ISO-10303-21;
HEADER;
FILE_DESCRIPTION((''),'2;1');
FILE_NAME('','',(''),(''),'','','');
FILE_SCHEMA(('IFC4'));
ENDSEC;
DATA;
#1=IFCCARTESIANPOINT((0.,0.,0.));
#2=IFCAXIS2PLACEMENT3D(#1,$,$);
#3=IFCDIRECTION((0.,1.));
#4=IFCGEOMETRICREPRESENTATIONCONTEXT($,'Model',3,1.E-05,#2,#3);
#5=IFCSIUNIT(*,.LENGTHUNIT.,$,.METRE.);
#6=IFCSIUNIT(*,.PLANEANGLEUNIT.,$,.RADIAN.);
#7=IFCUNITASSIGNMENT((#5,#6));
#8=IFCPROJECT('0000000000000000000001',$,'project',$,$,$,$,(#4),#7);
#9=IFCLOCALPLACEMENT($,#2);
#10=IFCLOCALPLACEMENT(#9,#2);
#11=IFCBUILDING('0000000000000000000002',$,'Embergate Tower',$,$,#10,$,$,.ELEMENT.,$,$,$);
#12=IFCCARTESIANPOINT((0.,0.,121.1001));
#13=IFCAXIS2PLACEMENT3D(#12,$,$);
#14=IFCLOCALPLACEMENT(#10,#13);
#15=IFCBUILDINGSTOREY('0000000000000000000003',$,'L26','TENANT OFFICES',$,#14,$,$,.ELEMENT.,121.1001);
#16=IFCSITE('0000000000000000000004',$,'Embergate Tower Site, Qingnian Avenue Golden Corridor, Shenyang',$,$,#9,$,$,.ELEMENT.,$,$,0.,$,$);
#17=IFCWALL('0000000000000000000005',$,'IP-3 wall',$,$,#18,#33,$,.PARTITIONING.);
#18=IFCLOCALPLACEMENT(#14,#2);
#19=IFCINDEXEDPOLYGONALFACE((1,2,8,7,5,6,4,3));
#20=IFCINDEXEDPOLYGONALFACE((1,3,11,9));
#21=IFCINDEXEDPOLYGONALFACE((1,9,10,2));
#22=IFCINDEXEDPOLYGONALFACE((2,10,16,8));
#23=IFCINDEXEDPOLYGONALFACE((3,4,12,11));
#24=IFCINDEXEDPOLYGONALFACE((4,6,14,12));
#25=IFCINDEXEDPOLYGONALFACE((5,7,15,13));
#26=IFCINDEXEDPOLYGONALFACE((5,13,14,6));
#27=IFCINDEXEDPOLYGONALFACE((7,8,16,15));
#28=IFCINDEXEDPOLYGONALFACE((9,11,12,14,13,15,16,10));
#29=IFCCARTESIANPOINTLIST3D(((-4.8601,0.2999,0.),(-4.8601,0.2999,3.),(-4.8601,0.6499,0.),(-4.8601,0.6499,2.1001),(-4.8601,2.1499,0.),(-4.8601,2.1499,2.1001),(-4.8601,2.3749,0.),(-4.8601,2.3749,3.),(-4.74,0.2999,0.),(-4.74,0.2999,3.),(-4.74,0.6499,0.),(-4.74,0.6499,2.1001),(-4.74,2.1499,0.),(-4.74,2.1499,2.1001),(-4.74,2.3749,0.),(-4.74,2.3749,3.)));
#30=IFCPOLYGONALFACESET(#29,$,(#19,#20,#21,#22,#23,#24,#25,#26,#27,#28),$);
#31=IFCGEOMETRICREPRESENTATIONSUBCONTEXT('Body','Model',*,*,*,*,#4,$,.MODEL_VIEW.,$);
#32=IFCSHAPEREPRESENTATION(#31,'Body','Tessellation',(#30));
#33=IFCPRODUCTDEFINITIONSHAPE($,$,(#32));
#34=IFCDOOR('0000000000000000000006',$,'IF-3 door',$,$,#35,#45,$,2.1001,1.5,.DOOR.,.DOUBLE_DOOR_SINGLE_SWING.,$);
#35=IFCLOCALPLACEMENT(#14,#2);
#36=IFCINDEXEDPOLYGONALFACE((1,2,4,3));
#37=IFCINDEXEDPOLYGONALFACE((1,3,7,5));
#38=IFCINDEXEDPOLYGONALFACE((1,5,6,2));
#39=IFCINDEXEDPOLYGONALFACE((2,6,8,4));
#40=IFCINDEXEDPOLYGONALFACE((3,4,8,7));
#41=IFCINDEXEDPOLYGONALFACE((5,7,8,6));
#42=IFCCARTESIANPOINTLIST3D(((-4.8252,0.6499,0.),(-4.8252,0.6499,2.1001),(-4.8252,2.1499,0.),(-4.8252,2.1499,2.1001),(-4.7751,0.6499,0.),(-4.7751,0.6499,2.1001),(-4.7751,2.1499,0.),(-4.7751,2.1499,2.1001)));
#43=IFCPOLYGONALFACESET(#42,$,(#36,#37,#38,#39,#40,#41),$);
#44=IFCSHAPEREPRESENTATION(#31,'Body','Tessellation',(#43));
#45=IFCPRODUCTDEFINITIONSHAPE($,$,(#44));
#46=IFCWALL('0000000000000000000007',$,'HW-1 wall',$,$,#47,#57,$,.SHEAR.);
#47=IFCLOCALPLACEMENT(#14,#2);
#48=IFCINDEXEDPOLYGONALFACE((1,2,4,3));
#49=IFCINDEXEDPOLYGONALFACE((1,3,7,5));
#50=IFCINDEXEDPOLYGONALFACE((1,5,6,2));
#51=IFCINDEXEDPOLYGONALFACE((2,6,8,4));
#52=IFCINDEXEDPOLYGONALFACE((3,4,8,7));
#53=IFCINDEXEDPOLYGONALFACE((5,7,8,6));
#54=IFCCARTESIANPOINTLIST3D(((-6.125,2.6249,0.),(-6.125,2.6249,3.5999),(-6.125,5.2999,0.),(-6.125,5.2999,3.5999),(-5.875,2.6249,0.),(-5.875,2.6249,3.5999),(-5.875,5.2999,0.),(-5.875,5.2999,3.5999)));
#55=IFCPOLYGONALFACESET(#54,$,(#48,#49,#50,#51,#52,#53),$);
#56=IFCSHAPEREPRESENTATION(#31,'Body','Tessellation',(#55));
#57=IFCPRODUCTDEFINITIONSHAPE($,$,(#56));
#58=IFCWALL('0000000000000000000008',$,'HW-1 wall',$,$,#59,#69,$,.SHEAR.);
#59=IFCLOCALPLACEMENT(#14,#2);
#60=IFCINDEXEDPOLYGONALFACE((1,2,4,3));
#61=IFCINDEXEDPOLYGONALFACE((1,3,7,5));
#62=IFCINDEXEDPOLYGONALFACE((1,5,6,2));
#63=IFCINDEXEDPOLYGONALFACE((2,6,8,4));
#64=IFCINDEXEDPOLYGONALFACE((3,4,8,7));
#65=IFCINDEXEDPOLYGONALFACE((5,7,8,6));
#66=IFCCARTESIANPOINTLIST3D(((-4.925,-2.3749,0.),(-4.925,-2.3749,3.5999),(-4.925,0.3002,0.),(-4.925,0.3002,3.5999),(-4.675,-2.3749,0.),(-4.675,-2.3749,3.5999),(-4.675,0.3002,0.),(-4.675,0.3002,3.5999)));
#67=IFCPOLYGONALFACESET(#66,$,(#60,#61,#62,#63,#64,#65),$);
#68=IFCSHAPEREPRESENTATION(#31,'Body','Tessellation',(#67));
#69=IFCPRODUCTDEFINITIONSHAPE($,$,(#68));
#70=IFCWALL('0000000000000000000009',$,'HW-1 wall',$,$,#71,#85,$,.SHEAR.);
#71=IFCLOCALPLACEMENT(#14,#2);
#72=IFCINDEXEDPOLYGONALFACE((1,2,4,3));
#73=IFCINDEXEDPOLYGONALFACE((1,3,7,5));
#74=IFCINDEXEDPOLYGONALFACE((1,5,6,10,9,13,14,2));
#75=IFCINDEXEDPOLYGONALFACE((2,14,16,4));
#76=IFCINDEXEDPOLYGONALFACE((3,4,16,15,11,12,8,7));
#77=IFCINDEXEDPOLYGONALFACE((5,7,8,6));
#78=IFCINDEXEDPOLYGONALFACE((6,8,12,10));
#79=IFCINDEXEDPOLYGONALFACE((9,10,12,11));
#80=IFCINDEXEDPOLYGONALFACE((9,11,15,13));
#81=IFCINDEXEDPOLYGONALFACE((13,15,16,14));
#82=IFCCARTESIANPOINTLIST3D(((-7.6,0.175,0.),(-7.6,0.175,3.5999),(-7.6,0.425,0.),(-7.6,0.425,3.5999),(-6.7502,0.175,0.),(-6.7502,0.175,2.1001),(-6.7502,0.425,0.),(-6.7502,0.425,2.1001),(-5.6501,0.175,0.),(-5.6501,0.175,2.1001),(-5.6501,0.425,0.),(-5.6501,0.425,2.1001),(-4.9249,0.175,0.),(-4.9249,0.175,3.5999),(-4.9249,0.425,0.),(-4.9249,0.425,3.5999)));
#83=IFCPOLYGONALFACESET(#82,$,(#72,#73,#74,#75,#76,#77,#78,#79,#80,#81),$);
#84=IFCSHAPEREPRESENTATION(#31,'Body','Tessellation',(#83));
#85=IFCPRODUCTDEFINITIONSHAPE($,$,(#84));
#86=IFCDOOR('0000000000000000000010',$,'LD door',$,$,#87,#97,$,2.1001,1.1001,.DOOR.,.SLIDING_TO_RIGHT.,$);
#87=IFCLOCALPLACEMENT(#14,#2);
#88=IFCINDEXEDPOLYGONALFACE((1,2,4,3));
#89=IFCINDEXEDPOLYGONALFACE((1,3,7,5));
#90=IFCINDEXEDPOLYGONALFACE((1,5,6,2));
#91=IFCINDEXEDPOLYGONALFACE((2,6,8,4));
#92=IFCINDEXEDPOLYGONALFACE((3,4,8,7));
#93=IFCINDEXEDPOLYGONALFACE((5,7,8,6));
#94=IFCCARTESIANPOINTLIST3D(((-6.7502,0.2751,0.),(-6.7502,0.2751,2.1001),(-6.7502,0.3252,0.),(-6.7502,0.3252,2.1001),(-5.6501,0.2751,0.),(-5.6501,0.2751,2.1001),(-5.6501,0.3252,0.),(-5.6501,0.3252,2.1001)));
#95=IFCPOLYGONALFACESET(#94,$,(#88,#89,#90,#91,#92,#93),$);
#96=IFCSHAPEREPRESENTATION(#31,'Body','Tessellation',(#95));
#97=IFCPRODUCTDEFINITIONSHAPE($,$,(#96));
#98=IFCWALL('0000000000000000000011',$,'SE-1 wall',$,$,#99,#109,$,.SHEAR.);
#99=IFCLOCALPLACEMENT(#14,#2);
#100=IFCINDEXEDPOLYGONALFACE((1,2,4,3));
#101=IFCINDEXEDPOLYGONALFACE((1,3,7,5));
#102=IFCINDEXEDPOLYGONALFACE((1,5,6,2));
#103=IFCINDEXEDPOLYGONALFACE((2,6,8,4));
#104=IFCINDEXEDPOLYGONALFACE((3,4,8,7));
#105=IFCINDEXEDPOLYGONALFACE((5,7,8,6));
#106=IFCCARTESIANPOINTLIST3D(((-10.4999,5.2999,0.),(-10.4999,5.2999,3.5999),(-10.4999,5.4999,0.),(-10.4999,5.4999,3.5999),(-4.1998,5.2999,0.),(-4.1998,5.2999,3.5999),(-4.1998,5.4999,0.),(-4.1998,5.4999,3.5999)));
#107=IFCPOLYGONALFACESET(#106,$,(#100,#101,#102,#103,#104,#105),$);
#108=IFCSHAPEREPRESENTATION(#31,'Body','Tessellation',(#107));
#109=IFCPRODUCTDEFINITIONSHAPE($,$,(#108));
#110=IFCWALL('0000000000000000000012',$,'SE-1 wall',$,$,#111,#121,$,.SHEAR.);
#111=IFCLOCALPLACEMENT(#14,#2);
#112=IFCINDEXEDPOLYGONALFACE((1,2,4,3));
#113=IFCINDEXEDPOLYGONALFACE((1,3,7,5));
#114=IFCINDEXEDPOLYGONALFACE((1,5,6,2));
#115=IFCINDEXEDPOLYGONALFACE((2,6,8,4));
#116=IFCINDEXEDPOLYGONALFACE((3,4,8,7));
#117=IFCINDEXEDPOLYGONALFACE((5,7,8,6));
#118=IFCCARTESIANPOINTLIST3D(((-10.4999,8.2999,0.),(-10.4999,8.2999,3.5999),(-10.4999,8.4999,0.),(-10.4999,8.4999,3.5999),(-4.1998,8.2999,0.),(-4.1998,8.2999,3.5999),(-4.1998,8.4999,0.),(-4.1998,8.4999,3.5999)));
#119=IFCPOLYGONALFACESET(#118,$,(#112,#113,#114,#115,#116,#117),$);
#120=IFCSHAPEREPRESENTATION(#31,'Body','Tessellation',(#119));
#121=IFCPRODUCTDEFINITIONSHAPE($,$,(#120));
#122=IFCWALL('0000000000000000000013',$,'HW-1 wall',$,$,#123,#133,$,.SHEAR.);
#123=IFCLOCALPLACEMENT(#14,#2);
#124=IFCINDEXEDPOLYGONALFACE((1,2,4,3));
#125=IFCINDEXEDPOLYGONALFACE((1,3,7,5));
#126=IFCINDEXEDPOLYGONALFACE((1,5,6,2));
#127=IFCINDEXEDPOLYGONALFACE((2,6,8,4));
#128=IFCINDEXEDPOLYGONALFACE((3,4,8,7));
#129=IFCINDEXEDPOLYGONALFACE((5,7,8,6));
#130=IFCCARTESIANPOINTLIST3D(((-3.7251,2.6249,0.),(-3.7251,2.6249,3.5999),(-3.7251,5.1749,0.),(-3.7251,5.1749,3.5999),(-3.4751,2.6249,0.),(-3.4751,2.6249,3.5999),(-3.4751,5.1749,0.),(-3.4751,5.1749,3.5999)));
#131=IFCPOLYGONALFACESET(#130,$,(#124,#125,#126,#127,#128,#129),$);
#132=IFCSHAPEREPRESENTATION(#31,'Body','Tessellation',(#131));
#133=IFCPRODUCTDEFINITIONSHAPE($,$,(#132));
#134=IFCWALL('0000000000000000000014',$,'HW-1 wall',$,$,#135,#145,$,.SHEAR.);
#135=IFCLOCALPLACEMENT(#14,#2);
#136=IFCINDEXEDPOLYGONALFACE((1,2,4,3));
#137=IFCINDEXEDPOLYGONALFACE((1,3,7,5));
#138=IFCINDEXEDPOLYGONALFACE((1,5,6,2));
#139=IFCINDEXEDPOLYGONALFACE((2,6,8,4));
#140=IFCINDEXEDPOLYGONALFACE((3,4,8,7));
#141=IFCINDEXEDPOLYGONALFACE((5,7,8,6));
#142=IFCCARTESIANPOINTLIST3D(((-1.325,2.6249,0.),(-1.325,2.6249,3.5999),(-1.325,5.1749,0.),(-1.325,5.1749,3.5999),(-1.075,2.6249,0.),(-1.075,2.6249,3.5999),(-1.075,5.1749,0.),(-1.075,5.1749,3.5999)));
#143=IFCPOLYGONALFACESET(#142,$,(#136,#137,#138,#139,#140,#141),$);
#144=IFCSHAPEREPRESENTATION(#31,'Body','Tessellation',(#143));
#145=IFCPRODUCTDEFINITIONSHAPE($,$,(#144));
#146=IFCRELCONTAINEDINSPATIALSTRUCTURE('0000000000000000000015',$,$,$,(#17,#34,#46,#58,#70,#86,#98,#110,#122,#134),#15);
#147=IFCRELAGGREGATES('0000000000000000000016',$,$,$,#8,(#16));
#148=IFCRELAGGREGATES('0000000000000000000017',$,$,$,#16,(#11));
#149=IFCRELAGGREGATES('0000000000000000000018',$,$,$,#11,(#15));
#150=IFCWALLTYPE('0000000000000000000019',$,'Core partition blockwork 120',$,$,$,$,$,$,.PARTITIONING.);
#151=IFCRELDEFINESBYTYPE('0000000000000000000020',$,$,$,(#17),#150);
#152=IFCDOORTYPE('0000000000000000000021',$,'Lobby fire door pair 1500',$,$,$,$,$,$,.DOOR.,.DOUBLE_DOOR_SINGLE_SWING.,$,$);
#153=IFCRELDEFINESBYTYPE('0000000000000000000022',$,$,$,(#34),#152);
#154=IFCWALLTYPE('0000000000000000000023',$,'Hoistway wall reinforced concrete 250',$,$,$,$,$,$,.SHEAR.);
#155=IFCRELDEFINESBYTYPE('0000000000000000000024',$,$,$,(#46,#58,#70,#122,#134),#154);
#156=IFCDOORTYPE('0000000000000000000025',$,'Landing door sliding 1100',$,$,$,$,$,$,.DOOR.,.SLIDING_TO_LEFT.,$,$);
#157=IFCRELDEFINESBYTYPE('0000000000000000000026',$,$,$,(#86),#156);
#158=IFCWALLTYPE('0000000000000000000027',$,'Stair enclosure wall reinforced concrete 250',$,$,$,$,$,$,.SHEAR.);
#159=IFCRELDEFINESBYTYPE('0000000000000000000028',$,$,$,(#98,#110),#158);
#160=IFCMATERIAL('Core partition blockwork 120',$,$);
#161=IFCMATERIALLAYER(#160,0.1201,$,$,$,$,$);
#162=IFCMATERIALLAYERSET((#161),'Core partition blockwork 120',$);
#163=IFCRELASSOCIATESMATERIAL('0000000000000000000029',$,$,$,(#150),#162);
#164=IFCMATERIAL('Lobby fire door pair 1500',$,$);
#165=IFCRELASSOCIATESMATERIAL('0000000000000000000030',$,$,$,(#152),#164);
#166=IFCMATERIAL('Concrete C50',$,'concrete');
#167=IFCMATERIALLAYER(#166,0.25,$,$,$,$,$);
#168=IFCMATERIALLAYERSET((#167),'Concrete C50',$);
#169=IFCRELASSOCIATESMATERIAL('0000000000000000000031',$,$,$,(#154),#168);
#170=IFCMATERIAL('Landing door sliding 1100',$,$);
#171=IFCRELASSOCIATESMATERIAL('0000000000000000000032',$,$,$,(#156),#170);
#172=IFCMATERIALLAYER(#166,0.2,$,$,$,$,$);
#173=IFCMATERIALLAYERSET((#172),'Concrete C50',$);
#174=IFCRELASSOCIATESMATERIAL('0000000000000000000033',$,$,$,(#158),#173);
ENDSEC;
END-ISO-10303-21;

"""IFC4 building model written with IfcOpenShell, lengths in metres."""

from ifc_helpers import new_model, si_unit, direction, frame, frame_2d, origin, place, context, subcontext, project, spatial, rectangle, extrude, source, transform, mapped, material, layer, layer_set, type_object, element, fill, save


model = new_model("IFC4")

# Units and contexts
model_context = context("Model", 3, precision=1e-05, world=origin(), true_north=direction((0.0, 1.0)))
body_context = subcontext(model_context, "Body", "Model", "MODEL_VIEW")
ifc_project = project(units=[si_unit("LENGTHUNIT", "METRE"), si_unit("PLANEANGLEUNIT", "RADIAN")], contexts=[model_context])

# Site, building, storey
site_placement = place(None, origin())
site = spatial("IfcSite", under=ifc_project, at=site_placement, Name="Embergate Tower Site, Qingnian Avenue Golden Corridor, Shenyang", CompositionType="ELEMENT", RefElevation=0.0)
building_placement = place(site_placement, origin())
building = spatial("IfcBuilding", under=site, at=building_placement, Name="Embergate Tower", CompositionType="ELEMENT")
storey_placement = place(building_placement, frame((0.0, 0.0, 121.1001)))
storey = spatial("IfcBuildingStorey", under=building, at=storey_placement, Name="L26", Description="TENANT OFFICES", CompositionType="ELEMENT", Elevation=121.1001)

# Wall, opening, door
ifc_material_1 = material(Name="Core partition blockwork 120")
ifc_layer_1 = layer(ifc_material_1, 0.1201)
ifc_layer_set_1 = layer_set([ifc_layer_1], Name="Core partition blockwork 120")
wall_type_1 = type_object("IfcWallType", Name="Core partition blockwork 120", PredefinedType="PARTITIONING", material=ifc_layer_set_1)
shared_shape_1 = source(origin(), body_context, "Body", "SweptSolid", [
    extrude(rectangle(XDim=2.075, YDim=0.1201, at=frame_2d((1.0376, 0.0))), origin(), (0.0, 0.0, 1.0), 3.0),
])
wall_1_placement = place(storey_placement, frame((-4.8, 2.375, 0.0), z_axis=(0.0, 0.0, 1.0), x_axis=(0.0, -1.0, 0.0)))
wall_1 = element("IfcWall", 1, at=wall_1_placement, inside=storey, type_object=wall_type_1, Name="IP-3 wall", PredefinedType="PARTITIONING", context=body_context, shape_type="MappedRepresentation", body=[
    mapped(shared_shape_1, transform((0.0, 0.0, 0.0))),
])
shared_shape_2 = source(origin(), body_context, "Body", "SweptSolid", [
    extrude(rectangle(XDim=1.5, YDim=2.1001, at=frame_2d((0.75, 1.05))), frame((0.0, 0.0701, 0.0), z_axis=(0.0, -1.0, 0.0), x_axis=(1.0, 0.0, 0.0)), (0.0, 0.0, 1.0), 0.1401),
])
opening_1_placement = place(wall_1_placement, frame((0.2251, 0.0, 0.0)))
opening_1 = element("IfcOpeningElement", 2, at=opening_1_placement, cuts=wall_1, PredefinedType="OPENING", context=body_context, shape_type="MappedRepresentation", body=[
    mapped(shared_shape_2, transform((0.0, 0.0, 0.0))),
])
ifc_material_2 = material(Name="Lobby fire door pair 1500")
door_type_1 = type_object("IfcDoorType", Name="Lobby fire door pair 1500", OperationType="DOUBLE_DOOR_SINGLE_SWING", PredefinedType="DOOR", material=ifc_material_2)
shared_shape_3 = source(origin(), body_context, "Body", "SweptSolid", [
    extrude(rectangle(XDim=1.5, YDim=2.1001, at=frame_2d((0.75, 1.05))), frame((0.0, 0.0249, 0.0), z_axis=(0.0, -1.0, 0.0), x_axis=(1.0, 0.0, 0.0)), (0.0, 0.0, 1.0), 0.05),
])
door_1_placement = place(opening_1_placement, origin())
door_1 = element("IfcDoor", 3, at=door_1_placement, inside=storey, type_object=door_type_1, Name="IF-3 door", OperationType="DOUBLE_DOOR_SINGLE_SWING", OverallHeight=2.1001, OverallWidth=1.5, PredefinedType="DOOR", context=body_context, shape_type="MappedRepresentation", body=[
    mapped(shared_shape_3, transform((0.0, 0.0, 0.0))),
])
fill(opening_1, door_1)

# Walls
ifc_material_3 = material(Name="Concrete C50", Category="concrete")
ifc_layer_2 = layer(ifc_material_3, 0.25)
ifc_layer_set_2 = layer_set([ifc_layer_2], Name="Concrete C50")
wall_type_2 = type_object("IfcWallType", Name="Hoistway wall reinforced concrete 250", PredefinedType="SHEAR", material=ifc_layer_set_2)
shared_shape_4 = source(origin(), body_context, "Body", "SweptSolid", [
    extrude(rectangle(XDim=2.675, YDim=0.25, at=frame_2d((1.3374, 0.0))), origin(), (0.0, 0.0, 1.0), 3.5999),
])
for number, where, z_axis, x_axis, name in (
    (4, (-6.0, 2.625, 0.0), (0.0, 0.0, 1.0), (0.0, 1.0, 0.0), "HW-1 wall"),
    (5, (-4.8, 0.3, 0.0), (0.0, 0.0, 1.0), (0.0, -1.0, 0.0), "HW-1 wall"),
):
    element("IfcWall", number, at=place(storey_placement, frame(where, z_axis=z_axis, x_axis=x_axis)), inside=storey, type_object=wall_type_2, Name=name, PredefinedType="SHEAR", context=body_context, shape_type="MappedRepresentation", body=[
        mapped(shared_shape_4, transform((0.0, 0.0, 0.0))),
    ])

# Wall, opening, door
wall_2_placement = place(storey_placement, frame((-4.925, 0.3, 0.0), z_axis=(0.0, 0.0, 1.0), x_axis=(-1.0, 0.0, 0.0)))
wall_2 = element("IfcWall", 6, at=wall_2_placement, inside=storey, type_object=wall_type_2, Name="HW-1 wall", PredefinedType="SHEAR", context=body_context, shape_type="MappedRepresentation", body=[
    mapped(shared_shape_4, transform((0.0, 0.0, 0.0))),
])
shared_shape_5 = source(origin(), body_context, "Body", "SweptSolid", [
    extrude(rectangle(XDim=1.1001, YDim=2.1001, at=frame_2d((0.55, 1.05))), frame((0.0, 0.135, 0.0), z_axis=(0.0, -1.0, 0.0), x_axis=(1.0, 0.0, 0.0)), (0.0, 0.0, 1.0), 0.27),
])
opening_2_placement = place(wall_2_placement, frame((0.7251, 0.0, 0.0)))
opening_2 = element("IfcOpeningElement", 7, at=opening_2_placement, cuts=wall_2, PredefinedType="OPENING", context=body_context, shape_type="MappedRepresentation", body=[
    mapped(shared_shape_5, transform((0.0, 0.0, 0.0))),
])
ifc_material_4 = material(Name="Landing door sliding 1100")
door_type_2 = type_object("IfcDoorType", Name="Landing door sliding 1100", OperationType="SLIDING_TO_LEFT", PredefinedType="DOOR", material=ifc_material_4)
shared_shape_6 = source(origin(), body_context, "Body", "SweptSolid", [
    extrude(rectangle(XDim=1.1001, YDim=2.1001, at=frame_2d((0.55, 1.05))), frame((0.0, 0.0249, 0.0), z_axis=(0.0, -1.0, 0.0), x_axis=(1.0, 0.0, 0.0)), (0.0, 0.0, 1.0), 0.05),
])
door_2_placement = place(opening_2_placement, origin())
door_2 = element("IfcDoor", 8, at=door_2_placement, inside=storey, type_object=door_type_2, Name="LD door", OperationType="SLIDING_TO_RIGHT", OverallHeight=2.1001, OverallWidth=1.1001, PredefinedType="DOOR", context=body_context, shape_type="MappedRepresentation", body=[
    mapped(shared_shape_6, transform((0.0, 0.0, 0.0))),
])
fill(opening_2, door_2)

# Walls
ifc_layer_3 = layer(ifc_material_3, 0.2)
ifc_layer_set_3 = layer_set([ifc_layer_3], Name="Concrete C50")
wall_type_3 = type_object("IfcWallType", Name="Stair enclosure wall reinforced concrete 250", PredefinedType="SHEAR", material=ifc_layer_set_3)
shared_shape_7 = source(origin(), body_context, "Body", "SweptSolid", [
    extrude(rectangle(XDim=6.3, YDim=0.2, at=frame_2d((3.1499, 0.0))), origin(), (0.0, 0.0, 1.0), 3.5999),
])
for number, where, z_axis, x_axis, name in (
    (9, (-4.2, 5.3999, 0.0), (0.0, 0.0, 1.0), (-1.0, 0.0, 0.0), "SE-1 wall"),
    (10, (-4.2, 8.3999, 0.0), (0.0, 0.0, 1.0), (-1.0, 0.0, 0.0), "SE-1 wall"),
):
    element("IfcWall", number, at=place(storey_placement, frame(where, z_axis=z_axis, x_axis=x_axis)), inside=storey, type_object=wall_type_3, Name=name, PredefinedType="SHEAR", context=body_context, shape_type="MappedRepresentation", body=[
        mapped(shared_shape_7, transform((0.0, 0.0, 0.0))),
    ])
shared_shape_8 = source(origin(), body_context, "Body", "SweptSolid", [
    extrude(rectangle(XDim=2.55, YDim=0.25, at=frame_2d((1.2749, 0.0))), origin(), (0.0, 0.0, 1.0), 3.5999),
])
for number, where, z_axis, x_axis, name in (
    (11, (-3.6001, 2.625, 0.0), (0.0, 0.0, 1.0), (0.0, 1.0, 0.0), "HW-1 wall"),
    (12, (-1.2, 2.625, 0.0), (0.0, 0.0, 1.0), (0.0, 1.0, 0.0), "HW-1 wall"),
):
    element("IfcWall", number, at=place(storey_placement, frame(where, z_axis=z_axis, x_axis=x_axis)), inside=storey, type_object=wall_type_2, Name=name, PredefinedType="SHEAR", context=body_context, shape_type="MappedRepresentation", body=[
        mapped(shared_shape_8, transform((0.0, 0.0, 0.0))),
    ])

save(model, "model.ifc")
